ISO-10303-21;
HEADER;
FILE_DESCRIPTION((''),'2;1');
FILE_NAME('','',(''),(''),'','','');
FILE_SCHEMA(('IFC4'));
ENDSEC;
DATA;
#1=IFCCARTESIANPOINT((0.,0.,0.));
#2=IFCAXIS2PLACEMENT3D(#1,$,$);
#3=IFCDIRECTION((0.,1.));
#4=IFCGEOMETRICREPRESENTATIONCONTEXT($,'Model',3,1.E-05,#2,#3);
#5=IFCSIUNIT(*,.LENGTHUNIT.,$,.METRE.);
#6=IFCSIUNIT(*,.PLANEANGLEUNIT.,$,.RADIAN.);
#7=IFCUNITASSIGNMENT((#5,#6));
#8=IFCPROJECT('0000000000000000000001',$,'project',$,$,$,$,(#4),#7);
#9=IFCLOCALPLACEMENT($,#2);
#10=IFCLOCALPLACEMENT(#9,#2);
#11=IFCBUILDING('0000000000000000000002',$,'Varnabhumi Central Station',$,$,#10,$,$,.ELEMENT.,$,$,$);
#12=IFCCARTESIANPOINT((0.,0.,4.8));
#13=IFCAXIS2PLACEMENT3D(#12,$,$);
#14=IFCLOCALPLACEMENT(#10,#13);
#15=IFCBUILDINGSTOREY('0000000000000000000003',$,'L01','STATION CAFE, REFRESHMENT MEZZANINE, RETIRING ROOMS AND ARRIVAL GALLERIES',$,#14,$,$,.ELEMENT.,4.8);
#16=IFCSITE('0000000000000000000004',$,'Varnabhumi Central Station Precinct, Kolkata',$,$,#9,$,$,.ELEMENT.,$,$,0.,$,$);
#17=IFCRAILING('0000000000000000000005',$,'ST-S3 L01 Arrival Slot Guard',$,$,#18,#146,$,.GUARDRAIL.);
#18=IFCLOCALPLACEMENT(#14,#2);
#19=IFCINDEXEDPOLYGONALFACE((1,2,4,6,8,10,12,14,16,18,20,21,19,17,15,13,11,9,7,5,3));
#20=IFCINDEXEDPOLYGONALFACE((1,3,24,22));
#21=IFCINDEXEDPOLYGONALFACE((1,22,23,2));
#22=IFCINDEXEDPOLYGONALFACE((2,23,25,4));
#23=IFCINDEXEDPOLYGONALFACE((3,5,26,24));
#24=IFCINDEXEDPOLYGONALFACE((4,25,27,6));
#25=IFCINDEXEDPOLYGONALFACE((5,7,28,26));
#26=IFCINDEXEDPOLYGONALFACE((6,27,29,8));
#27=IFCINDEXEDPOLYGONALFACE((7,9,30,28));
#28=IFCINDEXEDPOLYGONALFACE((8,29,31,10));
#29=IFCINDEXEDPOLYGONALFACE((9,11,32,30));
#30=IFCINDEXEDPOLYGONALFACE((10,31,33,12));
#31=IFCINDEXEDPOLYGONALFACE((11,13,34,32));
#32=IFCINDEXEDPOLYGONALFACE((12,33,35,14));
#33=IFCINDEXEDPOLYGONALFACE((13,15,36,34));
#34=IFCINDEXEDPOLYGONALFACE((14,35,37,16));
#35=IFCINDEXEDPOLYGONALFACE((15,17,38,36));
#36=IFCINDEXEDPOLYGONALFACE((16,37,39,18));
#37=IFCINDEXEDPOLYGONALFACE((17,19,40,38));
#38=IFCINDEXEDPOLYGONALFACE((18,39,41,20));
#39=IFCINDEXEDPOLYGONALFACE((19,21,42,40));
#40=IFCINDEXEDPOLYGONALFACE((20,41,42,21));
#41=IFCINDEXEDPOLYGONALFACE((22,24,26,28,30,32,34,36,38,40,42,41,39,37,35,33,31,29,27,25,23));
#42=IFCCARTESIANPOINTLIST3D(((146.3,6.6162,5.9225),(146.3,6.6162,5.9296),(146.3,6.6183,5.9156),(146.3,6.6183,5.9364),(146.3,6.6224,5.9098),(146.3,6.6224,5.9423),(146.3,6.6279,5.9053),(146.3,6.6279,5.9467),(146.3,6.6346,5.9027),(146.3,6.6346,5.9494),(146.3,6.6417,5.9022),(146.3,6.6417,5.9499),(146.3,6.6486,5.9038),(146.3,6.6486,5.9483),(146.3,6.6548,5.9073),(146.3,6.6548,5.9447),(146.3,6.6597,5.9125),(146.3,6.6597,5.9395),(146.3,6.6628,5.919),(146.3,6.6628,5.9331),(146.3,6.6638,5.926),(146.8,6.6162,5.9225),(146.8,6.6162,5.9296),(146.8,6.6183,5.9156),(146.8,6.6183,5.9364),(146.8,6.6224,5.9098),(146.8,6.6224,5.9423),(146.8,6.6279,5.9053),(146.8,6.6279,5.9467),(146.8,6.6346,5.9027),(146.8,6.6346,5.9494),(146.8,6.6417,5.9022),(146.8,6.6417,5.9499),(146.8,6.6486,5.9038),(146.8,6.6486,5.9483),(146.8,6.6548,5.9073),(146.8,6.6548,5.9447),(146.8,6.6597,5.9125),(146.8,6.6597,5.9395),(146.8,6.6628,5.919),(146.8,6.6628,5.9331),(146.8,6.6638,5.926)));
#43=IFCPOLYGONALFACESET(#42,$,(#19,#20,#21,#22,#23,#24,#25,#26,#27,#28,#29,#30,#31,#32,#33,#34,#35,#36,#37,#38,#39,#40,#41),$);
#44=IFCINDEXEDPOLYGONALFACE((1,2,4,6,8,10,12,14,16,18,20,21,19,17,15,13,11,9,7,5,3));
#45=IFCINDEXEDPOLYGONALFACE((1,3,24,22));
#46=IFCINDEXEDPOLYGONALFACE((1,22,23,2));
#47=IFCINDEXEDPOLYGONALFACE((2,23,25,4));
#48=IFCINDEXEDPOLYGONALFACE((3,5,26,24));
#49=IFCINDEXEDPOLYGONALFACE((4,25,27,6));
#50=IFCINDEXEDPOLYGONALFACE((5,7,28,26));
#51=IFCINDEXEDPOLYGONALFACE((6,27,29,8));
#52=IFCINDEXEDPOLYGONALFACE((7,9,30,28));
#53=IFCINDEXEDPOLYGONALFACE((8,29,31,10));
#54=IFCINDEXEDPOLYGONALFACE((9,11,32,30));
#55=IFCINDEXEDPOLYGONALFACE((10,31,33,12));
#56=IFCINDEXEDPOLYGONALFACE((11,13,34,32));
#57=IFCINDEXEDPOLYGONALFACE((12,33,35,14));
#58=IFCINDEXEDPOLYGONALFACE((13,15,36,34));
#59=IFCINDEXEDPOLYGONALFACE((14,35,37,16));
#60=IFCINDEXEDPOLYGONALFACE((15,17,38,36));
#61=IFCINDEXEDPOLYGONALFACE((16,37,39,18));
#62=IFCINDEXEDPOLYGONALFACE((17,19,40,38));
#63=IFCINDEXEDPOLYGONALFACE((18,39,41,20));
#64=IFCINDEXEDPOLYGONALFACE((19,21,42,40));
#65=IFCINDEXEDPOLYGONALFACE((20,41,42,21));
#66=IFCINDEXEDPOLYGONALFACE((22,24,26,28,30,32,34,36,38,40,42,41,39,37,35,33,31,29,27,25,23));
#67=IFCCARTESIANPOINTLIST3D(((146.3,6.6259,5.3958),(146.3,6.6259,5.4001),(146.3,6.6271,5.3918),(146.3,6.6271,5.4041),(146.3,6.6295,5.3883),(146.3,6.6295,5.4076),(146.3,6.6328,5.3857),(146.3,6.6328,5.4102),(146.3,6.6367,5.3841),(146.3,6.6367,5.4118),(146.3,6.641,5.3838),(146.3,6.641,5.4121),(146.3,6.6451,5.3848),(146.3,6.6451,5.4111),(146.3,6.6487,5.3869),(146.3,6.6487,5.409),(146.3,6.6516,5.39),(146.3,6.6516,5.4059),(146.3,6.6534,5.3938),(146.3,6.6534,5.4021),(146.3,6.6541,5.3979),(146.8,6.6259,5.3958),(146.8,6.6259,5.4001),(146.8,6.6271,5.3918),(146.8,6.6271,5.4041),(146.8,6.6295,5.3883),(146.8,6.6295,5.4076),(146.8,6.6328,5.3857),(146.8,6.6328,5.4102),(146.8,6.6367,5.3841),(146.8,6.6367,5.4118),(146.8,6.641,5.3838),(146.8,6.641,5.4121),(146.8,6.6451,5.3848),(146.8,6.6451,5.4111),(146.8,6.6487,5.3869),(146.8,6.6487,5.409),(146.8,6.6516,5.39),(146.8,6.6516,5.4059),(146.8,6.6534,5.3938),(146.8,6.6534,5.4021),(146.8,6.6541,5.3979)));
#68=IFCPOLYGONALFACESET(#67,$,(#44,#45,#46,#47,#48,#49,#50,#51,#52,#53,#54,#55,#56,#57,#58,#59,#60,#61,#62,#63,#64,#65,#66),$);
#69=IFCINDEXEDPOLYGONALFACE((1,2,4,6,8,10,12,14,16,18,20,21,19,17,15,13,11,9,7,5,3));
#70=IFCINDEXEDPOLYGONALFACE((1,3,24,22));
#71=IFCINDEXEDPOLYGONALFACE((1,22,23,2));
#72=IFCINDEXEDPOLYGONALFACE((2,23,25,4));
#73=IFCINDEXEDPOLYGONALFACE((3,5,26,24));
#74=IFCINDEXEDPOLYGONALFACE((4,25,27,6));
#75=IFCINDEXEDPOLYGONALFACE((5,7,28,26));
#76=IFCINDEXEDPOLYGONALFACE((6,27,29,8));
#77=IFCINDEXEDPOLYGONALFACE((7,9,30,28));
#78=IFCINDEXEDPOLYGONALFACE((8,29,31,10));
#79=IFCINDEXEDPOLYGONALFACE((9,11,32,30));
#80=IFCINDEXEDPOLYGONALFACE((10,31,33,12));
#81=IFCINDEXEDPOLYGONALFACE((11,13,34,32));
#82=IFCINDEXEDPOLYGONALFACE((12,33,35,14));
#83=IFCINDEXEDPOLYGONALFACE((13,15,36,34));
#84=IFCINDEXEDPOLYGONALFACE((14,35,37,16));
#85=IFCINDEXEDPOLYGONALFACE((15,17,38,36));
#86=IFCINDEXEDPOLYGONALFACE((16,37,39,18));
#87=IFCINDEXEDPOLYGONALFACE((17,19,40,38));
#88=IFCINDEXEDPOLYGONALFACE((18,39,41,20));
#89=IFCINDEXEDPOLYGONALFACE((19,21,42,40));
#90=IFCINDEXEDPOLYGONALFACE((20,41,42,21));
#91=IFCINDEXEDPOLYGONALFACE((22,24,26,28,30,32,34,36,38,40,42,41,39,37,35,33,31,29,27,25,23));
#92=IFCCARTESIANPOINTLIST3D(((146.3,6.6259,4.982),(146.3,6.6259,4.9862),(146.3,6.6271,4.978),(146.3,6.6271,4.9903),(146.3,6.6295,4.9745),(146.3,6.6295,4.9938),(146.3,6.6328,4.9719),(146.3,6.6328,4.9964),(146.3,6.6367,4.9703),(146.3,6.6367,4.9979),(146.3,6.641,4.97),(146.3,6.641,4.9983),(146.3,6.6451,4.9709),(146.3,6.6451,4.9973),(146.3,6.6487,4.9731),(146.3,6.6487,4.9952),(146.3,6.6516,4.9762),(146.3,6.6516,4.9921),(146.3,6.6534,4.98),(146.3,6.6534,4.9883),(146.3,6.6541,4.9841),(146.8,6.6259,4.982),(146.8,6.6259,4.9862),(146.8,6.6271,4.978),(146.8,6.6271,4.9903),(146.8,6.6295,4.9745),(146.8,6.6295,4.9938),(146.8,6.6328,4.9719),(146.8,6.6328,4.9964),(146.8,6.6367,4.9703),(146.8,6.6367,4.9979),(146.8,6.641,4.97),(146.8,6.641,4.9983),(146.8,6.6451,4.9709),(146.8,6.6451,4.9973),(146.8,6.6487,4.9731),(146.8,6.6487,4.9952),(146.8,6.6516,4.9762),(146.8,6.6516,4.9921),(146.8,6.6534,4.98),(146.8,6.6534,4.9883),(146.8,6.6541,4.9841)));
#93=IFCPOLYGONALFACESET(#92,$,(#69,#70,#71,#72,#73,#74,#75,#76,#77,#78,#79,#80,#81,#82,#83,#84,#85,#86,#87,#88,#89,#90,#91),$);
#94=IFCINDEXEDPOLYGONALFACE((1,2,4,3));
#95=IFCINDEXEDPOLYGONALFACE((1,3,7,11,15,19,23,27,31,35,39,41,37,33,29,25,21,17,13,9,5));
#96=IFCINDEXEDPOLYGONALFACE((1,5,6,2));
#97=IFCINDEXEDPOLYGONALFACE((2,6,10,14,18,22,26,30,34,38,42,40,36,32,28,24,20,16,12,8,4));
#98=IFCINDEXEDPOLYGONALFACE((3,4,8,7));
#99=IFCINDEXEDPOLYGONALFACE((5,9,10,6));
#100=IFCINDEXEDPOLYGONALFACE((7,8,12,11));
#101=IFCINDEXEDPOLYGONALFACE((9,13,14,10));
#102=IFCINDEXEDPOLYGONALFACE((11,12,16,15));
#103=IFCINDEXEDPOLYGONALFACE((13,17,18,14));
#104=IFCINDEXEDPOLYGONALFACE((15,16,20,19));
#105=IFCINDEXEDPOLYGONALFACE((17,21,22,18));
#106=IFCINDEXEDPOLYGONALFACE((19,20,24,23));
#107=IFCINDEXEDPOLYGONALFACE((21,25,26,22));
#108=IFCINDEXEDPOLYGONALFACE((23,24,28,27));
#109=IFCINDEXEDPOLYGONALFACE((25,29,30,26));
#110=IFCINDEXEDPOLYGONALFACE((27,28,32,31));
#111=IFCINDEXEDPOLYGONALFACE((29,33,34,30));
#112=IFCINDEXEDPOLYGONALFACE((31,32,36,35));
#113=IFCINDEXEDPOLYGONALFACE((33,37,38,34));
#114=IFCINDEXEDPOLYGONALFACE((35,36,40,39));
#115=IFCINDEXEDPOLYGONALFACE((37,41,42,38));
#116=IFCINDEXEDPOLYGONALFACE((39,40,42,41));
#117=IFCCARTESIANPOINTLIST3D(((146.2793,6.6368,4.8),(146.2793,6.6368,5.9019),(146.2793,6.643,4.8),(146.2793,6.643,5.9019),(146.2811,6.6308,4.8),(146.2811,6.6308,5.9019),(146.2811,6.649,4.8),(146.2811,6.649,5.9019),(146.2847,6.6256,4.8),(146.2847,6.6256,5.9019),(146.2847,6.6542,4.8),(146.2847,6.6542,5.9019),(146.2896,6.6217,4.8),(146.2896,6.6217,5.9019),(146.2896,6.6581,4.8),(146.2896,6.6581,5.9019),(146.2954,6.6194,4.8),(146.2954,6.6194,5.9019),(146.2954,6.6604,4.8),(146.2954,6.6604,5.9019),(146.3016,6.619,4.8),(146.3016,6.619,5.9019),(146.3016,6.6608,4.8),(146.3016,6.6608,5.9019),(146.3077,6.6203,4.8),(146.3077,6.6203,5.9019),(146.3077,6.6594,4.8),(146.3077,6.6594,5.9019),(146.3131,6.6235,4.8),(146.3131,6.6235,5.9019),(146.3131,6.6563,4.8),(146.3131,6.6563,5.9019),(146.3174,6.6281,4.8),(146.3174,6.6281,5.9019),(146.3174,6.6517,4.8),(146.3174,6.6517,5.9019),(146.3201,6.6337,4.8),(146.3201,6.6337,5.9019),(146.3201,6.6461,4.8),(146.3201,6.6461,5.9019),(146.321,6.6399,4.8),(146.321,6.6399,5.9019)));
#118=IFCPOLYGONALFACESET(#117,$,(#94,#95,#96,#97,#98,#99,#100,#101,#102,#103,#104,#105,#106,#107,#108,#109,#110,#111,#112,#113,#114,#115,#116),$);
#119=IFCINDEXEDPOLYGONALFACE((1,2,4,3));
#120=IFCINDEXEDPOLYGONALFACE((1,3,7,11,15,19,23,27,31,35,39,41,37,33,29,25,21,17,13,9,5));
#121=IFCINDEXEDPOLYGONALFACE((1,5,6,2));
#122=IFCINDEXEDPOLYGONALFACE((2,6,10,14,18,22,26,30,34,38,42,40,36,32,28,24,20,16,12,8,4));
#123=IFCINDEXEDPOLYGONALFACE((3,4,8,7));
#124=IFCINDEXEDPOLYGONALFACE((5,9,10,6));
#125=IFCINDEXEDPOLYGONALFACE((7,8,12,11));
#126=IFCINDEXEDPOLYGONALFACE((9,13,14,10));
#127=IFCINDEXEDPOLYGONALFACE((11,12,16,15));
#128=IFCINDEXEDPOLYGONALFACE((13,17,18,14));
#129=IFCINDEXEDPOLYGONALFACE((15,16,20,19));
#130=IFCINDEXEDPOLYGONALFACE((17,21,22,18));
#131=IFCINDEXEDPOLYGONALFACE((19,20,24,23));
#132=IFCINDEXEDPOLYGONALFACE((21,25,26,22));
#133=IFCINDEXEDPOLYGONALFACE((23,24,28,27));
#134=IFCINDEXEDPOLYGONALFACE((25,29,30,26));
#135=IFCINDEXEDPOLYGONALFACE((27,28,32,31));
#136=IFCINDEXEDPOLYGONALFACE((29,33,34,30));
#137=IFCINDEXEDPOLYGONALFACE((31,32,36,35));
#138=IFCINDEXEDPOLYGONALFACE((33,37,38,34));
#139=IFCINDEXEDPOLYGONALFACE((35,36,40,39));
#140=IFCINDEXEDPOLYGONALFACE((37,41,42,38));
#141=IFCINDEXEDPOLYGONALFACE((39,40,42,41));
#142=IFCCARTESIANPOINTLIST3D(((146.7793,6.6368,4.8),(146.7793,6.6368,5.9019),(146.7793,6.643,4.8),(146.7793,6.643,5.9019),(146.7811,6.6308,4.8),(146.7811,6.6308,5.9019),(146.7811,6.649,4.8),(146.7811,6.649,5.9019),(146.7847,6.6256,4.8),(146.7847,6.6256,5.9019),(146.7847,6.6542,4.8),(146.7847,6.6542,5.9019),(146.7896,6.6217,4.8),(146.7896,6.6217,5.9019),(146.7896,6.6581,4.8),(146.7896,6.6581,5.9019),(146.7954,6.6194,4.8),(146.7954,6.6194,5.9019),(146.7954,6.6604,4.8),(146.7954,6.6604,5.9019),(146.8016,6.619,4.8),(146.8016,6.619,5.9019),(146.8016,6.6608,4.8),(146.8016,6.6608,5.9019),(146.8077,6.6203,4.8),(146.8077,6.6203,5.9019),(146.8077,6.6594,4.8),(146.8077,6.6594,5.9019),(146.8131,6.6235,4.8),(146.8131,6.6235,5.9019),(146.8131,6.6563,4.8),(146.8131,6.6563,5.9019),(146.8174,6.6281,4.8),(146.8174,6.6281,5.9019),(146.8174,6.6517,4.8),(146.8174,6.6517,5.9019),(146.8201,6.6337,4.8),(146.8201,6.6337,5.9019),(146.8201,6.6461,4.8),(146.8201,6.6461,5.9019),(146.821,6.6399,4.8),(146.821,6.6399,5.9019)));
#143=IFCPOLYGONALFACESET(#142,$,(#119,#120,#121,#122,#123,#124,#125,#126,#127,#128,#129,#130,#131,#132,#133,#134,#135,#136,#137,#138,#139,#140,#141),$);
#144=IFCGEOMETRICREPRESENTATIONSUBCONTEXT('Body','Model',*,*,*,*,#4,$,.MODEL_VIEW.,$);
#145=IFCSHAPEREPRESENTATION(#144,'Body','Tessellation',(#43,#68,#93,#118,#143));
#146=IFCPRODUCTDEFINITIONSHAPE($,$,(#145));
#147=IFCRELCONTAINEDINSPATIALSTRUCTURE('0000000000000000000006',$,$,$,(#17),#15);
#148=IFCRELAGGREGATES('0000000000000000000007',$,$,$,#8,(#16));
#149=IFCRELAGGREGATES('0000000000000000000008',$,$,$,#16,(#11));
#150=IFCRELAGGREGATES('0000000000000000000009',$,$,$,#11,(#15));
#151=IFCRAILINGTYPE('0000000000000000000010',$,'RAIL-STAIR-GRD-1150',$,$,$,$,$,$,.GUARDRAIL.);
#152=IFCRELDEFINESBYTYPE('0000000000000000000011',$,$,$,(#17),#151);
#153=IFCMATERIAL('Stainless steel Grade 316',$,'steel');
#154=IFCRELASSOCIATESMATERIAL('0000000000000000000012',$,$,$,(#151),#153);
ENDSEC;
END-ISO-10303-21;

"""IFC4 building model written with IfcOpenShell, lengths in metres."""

from ifc_helpers import new_model, si_unit, direction, frame, origin, origin_2d, place, context, subcontext, project, spatial, circle, extrude, material, type_object, element, save


model = new_model("IFC4")

# Units and contexts
model_context = context("Model", 3, precision=1e-05, world=origin(), true_north=direction((0.0, 1.0)))
body_context = subcontext(model_context, "Body", "Model", "MODEL_VIEW")
ifc_project = project(units=[si_unit("LENGTHUNIT", "METRE"), si_unit("PLANEANGLEUNIT", "RADIAN")], contexts=[model_context])

# Site, building, storey
site_placement = place(None, origin())
site = spatial("IfcSite", under=ifc_project, at=site_placement, Name="Varnabhumi Central Station Precinct, Kolkata", CompositionType="ELEMENT", RefElevation=0.0)
building_placement = place(site_placement, origin())
building = spatial("IfcBuilding", under=site, at=building_placement, Name="Varnabhumi Central Station", CompositionType="ELEMENT")
storey_placement = place(building_placement, frame((0.0, 0.0, 4.8)))
storey = spatial("IfcBuildingStorey", under=building, at=storey_placement, Name="L01", Description="STATION CAFE, REFRESHMENT MEZZANINE, RETIRING ROOMS AND ARRIVAL GALLERIES", CompositionType="ELEMENT", Elevation=4.8)

# Shared definitions
ifc_material_1 = material(Name="Stainless steel Grade 316", Category="steel")

# Railing
railing_type_1 = type_object("IfcRailingType", Name="RAIL-STAIR-GRD-1150", PredefinedType="GUARDRAIL", material=ifc_material_1)
for number, where, name in (
    (1, (146.3, 6.6399, 4.8), "ST-S3 L01 Arrival Slot Guard"),
):
    element("IfcRailing", number, at=place(storey_placement, frame(where)), inside=storey, type_object=railing_type_1, Name=name, PredefinedType="GUARDRAIL", context=body_context, shape_type="SweptSolid", body=[
        extrude(circle(Radius=0.0239, at=origin_2d()), frame((0.0, 0.0, 1.126), z_axis=(1.0, 0.0, 0.0), x_axis=(0.0, 1.0, 0.0)), (0.0, 0.0, 1.0), 0.5),
        extrude(circle(Radius=0.0142, at=origin_2d()), frame((0.0, 0.0, 0.5979), z_axis=(1.0, 0.0, 0.0), x_axis=(0.0, 1.0, 0.0)), (0.0, 0.0, 1.0), 0.5),
        extrude(circle(Radius=0.0142, at=origin_2d()), frame((0.0, 0.0, 0.1841), z_axis=(1.0, 0.0, 0.0), x_axis=(0.0, 1.0, 0.0)), (0.0, 0.0, 1.0), 0.5),
        extrude(circle(Radius=0.021, at=origin_2d()), origin(), (0.0, 0.0, 1.0), 1.1018),
        extrude(circle(Radius=0.021, at=origin_2d()), frame((0.5, 0.0, 0.0)), (0.0, 0.0, 1.0), 1.1018),
    ])

save(model, "model.ifc")
